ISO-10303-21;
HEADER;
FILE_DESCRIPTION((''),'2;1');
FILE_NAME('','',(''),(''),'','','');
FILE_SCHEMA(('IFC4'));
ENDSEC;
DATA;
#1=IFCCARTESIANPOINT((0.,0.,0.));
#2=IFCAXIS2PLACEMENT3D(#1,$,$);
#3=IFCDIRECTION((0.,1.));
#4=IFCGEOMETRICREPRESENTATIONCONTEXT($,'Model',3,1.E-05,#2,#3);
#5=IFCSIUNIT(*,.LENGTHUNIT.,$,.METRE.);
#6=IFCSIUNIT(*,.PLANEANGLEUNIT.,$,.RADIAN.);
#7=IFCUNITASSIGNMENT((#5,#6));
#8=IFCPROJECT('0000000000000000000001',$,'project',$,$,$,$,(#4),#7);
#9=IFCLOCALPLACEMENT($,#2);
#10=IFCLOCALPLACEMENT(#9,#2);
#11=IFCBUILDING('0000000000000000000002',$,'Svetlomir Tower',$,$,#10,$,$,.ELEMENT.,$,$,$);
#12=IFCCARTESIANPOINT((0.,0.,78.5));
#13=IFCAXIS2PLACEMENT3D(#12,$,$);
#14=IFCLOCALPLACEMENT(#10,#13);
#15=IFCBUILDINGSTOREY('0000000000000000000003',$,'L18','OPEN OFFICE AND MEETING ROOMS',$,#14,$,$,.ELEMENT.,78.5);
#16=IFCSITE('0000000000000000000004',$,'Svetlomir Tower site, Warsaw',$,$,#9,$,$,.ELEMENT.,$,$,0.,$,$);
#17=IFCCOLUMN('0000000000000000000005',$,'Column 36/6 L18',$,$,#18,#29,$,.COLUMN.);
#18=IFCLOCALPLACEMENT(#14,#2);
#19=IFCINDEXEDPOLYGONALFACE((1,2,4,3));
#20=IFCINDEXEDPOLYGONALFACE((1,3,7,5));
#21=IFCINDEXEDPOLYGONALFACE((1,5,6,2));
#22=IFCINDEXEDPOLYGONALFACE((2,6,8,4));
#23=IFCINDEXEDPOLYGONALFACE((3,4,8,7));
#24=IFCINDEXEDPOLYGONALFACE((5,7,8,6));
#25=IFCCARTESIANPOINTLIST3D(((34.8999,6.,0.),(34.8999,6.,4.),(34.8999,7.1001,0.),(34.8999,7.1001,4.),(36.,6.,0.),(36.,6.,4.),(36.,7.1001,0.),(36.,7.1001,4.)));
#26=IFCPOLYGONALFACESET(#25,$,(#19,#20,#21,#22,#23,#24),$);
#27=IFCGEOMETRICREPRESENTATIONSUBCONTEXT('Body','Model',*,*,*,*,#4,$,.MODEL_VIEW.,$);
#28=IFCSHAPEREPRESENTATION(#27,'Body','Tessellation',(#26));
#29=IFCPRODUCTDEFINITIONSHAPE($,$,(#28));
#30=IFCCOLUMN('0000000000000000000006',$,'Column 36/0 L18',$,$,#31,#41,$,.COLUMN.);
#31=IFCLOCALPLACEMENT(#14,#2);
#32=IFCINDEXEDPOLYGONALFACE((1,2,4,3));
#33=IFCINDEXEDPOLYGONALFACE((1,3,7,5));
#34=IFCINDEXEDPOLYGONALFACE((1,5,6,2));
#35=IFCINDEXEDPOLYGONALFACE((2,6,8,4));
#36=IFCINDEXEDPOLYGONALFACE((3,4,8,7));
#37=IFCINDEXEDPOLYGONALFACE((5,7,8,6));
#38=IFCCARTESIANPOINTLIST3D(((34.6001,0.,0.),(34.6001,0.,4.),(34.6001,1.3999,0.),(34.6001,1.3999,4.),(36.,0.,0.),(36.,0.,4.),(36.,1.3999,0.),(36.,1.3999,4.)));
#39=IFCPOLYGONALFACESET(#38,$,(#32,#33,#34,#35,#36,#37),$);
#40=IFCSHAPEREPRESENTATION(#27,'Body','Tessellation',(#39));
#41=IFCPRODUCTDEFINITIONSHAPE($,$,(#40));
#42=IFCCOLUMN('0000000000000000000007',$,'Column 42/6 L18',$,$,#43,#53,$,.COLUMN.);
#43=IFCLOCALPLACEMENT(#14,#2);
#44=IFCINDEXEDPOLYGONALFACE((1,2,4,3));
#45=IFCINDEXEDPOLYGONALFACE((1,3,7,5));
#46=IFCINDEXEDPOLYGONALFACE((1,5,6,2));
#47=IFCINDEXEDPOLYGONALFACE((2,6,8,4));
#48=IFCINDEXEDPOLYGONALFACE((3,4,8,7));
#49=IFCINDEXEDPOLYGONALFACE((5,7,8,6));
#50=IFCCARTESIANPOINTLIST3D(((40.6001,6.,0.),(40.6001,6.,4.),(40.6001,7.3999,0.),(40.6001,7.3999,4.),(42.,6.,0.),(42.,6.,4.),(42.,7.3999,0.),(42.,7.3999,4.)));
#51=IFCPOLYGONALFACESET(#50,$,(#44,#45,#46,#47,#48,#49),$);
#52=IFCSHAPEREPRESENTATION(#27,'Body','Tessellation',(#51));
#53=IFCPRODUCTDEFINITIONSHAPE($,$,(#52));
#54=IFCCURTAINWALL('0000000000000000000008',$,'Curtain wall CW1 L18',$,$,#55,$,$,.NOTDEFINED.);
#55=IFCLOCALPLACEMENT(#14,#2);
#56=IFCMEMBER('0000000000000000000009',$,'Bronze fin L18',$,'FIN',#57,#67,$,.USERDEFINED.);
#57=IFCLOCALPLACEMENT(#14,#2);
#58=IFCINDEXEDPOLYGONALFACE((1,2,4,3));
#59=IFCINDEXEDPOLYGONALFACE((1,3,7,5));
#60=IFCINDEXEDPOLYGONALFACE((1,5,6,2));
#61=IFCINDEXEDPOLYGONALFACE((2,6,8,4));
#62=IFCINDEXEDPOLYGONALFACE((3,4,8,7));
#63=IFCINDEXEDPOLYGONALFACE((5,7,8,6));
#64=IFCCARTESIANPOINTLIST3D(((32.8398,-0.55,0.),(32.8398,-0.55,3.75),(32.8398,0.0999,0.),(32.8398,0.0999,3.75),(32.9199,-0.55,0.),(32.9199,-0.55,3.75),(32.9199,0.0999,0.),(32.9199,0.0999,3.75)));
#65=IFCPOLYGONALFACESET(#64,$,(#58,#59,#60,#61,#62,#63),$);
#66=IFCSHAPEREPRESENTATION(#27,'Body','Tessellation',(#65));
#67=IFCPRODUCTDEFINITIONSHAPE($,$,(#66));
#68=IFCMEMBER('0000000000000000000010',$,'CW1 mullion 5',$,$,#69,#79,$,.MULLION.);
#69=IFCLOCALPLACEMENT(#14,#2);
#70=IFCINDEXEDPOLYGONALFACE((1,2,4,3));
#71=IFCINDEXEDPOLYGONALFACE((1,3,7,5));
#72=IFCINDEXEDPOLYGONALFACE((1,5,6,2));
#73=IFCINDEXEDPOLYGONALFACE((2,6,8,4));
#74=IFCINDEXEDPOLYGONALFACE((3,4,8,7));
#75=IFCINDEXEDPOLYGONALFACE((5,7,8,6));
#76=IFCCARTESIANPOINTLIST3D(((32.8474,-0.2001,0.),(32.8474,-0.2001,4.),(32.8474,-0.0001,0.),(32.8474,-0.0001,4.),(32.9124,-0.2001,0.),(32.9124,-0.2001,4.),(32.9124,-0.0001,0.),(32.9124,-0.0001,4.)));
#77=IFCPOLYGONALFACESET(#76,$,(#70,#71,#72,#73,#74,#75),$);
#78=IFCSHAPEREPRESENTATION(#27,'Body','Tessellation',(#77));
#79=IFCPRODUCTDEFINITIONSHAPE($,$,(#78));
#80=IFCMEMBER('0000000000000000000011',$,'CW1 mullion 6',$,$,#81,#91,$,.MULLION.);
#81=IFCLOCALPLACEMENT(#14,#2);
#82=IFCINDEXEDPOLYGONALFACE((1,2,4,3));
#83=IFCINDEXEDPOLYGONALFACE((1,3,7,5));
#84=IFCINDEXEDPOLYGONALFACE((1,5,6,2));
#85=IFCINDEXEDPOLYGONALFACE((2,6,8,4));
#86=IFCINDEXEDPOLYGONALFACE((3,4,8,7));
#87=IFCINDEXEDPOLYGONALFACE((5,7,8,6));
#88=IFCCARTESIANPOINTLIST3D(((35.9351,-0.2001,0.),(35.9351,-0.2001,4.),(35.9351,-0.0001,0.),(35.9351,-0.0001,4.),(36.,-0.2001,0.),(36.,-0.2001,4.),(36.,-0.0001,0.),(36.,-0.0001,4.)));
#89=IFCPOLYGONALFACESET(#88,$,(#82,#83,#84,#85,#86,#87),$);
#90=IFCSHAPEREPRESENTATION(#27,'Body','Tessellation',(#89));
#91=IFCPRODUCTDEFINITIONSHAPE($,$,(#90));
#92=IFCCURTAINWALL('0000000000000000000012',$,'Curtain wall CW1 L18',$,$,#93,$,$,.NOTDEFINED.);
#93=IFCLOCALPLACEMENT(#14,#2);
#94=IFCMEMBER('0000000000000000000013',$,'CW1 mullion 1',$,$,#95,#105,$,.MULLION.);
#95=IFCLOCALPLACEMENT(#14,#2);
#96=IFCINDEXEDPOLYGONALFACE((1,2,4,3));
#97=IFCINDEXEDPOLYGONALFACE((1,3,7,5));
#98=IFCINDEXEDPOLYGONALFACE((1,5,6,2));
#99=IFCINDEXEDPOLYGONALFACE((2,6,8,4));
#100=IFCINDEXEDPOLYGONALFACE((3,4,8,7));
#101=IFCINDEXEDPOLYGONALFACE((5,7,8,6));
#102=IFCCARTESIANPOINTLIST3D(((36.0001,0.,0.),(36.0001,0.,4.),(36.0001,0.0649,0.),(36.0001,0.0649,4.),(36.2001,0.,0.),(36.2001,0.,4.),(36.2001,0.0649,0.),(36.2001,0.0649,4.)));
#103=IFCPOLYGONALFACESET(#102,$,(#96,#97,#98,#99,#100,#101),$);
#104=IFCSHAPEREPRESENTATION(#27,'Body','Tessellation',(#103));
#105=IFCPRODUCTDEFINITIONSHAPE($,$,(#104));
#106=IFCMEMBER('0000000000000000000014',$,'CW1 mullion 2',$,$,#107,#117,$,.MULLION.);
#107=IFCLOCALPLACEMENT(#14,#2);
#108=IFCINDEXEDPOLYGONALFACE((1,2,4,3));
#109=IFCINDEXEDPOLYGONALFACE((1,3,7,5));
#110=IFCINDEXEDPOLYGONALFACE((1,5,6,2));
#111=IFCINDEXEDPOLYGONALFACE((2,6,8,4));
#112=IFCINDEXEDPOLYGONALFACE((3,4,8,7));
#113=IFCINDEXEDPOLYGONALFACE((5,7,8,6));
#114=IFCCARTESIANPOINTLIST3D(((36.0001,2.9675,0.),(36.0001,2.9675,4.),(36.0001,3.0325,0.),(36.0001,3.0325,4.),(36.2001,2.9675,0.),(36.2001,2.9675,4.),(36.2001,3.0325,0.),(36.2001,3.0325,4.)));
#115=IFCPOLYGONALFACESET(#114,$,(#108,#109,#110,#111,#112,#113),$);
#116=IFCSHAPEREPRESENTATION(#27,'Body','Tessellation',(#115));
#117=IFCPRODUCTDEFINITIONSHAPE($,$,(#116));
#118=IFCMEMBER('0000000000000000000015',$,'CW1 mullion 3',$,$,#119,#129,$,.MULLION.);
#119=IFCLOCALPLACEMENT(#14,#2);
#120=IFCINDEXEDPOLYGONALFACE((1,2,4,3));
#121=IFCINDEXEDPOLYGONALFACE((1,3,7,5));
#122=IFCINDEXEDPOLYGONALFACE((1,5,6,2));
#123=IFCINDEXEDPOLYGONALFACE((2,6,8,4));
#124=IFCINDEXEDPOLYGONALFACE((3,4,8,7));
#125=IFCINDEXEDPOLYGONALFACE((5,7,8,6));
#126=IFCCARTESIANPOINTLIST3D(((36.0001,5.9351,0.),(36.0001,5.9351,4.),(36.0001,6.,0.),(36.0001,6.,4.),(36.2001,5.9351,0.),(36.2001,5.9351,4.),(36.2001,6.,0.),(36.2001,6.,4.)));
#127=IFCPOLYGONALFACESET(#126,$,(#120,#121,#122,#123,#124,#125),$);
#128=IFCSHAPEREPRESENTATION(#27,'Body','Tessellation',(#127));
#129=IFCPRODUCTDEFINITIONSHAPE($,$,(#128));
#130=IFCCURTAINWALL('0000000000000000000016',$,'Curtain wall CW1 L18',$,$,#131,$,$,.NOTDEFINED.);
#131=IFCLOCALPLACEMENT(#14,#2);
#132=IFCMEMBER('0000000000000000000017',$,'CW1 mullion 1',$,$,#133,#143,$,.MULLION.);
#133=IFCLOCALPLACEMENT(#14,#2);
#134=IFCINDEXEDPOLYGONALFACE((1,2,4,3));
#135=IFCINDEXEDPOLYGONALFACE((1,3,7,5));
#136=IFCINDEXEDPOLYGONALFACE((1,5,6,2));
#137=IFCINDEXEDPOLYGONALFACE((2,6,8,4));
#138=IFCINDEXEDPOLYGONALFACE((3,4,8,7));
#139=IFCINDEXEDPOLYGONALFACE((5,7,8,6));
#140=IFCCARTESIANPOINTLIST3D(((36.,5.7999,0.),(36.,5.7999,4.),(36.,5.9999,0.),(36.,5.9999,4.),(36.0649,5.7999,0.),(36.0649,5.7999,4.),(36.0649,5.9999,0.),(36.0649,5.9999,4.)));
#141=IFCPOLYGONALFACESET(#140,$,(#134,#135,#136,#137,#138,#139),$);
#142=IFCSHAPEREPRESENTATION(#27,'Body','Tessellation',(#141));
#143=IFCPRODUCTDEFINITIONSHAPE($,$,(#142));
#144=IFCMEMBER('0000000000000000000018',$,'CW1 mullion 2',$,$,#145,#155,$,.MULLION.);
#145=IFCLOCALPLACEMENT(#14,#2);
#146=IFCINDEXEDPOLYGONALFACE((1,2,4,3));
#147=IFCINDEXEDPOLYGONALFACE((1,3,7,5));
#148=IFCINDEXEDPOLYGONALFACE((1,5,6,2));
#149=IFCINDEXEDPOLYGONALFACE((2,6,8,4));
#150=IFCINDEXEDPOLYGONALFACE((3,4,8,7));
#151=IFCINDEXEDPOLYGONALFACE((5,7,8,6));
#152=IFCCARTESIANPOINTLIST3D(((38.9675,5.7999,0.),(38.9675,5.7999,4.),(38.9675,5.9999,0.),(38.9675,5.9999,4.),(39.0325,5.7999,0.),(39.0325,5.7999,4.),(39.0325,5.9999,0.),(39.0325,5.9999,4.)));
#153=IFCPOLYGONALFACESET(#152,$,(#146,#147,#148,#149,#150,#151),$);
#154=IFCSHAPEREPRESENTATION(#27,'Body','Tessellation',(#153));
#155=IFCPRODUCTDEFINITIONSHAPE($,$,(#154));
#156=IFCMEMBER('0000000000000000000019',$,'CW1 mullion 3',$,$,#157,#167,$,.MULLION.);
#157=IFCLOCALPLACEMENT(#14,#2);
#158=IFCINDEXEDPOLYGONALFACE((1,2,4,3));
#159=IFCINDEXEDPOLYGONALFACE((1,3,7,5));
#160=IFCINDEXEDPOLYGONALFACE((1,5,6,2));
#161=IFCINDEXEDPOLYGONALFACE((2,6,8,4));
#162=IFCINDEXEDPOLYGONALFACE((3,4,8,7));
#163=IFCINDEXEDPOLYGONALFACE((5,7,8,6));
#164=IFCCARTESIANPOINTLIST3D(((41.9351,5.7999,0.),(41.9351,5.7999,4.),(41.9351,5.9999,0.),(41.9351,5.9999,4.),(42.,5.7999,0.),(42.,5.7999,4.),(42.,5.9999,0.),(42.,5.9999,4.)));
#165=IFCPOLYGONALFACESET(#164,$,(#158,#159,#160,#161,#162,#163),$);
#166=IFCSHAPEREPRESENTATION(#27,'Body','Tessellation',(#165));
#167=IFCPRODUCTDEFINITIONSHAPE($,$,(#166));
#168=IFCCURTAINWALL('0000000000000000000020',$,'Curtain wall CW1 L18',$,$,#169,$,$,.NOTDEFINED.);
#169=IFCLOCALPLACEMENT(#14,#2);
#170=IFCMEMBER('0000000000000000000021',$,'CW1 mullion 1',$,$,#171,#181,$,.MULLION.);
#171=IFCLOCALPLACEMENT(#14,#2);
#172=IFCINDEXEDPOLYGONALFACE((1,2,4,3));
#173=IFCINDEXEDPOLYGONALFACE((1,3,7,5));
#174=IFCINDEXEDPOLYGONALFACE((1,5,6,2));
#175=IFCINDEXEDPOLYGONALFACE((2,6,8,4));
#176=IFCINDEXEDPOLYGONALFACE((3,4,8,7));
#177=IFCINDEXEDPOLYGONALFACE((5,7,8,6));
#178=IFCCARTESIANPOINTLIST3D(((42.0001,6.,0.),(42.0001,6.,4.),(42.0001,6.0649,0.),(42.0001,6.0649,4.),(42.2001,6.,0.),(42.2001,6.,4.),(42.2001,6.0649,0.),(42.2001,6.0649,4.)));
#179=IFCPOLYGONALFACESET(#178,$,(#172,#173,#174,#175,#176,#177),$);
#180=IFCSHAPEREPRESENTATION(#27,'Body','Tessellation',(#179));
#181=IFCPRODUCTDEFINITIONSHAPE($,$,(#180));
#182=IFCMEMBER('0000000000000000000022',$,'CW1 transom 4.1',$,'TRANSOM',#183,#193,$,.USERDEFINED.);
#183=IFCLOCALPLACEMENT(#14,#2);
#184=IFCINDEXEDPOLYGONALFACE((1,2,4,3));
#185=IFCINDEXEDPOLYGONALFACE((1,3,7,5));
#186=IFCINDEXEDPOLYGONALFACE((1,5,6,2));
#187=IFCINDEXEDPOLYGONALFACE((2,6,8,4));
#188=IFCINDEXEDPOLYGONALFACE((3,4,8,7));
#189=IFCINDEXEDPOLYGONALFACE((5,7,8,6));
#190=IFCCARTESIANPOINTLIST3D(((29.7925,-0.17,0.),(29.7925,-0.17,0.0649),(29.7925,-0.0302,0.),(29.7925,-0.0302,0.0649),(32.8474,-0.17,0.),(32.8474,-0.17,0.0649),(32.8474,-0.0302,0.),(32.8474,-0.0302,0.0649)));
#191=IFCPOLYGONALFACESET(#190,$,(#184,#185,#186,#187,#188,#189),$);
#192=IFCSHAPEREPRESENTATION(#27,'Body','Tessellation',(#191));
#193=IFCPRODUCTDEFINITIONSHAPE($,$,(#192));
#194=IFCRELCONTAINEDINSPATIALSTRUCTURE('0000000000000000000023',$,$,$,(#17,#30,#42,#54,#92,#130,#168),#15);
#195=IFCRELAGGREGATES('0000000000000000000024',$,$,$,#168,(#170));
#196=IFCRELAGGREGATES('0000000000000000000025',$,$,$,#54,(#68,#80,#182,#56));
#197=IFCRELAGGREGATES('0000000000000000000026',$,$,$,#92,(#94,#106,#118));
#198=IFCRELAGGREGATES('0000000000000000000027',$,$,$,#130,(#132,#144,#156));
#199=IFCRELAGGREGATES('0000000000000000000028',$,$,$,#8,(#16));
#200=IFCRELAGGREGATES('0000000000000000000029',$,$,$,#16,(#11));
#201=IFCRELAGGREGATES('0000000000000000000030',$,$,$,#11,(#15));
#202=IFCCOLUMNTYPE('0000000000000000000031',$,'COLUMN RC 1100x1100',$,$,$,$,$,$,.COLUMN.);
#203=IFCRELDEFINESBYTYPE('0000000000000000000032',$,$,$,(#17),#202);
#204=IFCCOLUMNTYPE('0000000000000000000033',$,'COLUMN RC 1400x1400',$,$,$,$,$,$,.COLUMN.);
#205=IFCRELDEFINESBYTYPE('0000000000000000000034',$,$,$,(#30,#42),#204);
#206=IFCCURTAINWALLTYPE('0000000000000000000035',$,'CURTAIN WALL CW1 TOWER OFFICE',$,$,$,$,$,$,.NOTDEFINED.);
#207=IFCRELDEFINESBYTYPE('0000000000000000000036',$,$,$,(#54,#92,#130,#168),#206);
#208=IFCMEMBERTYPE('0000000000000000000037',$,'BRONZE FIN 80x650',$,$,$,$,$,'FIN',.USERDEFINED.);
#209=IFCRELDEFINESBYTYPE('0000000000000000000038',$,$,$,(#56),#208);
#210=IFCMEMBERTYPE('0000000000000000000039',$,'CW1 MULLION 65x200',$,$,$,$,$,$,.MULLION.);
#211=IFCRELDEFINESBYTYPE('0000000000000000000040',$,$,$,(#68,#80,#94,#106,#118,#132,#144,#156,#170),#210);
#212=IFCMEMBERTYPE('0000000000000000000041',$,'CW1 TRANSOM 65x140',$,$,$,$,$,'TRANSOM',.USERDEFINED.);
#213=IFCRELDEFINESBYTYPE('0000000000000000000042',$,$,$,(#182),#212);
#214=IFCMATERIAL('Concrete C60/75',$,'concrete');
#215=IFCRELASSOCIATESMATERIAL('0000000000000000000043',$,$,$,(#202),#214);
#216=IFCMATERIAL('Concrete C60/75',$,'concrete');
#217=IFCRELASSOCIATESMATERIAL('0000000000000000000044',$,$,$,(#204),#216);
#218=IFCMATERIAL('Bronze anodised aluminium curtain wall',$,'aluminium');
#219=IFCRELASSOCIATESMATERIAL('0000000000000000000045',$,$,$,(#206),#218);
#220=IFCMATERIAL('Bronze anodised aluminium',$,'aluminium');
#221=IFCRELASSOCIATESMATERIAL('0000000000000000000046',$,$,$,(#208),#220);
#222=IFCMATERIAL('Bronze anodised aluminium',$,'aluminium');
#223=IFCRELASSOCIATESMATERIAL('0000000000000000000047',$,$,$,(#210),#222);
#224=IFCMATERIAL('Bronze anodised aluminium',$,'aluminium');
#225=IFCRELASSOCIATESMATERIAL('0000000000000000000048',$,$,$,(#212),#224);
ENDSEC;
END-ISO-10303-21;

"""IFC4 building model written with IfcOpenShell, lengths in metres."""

from ifc_helpers import new_model, si_unit, direction, frame, origin, origin_2d, place, context, subcontext, project, spatial, rectangle, extrude, material, material_profile, profile_set, type_object, element, aggregate, save


model = new_model("IFC4")

# Units and contexts
model_context = context("Model", 3, precision=1e-05, world=origin(), true_north=direction((0.0, 1.0)))
body_context = subcontext(model_context, "Body", "Model", "MODEL_VIEW")
ifc_project = project(units=[si_unit("LENGTHUNIT", "METRE"), si_unit("PLANEANGLEUNIT", "RADIAN")], contexts=[model_context])

# Site, building, storey
site_placement = place(None, origin())
site = spatial("IfcSite", under=ifc_project, at=site_placement, Name="Svetlomir Tower site, Warsaw", CompositionType="ELEMENT", RefElevation=0.0)
building_placement = place(site_placement, origin())
building = spatial("IfcBuilding", under=site, at=building_placement, Name="Svetlomir Tower", CompositionType="ELEMENT")
storey_placement = place(building_placement, frame((0.0, 0.0, 78.5)))
storey = spatial("IfcBuildingStorey", under=building, at=storey_placement, Name="L18", Description="OPEN OFFICE AND MEETING ROOMS", CompositionType="ELEMENT", Elevation=78.5)

# Columns
ifc_material_1 = material(Name="Concrete C60/75", Category="concrete")
ifc_material_profile_1 = material_profile(ifc_material_1, rectangle(XDim=1.1001, YDim=1.1001, at=origin_2d()), Name="RC 1100x1100")
ifc_profile_set_1 = profile_set([ifc_material_profile_1], Name="Concrete C60/75")
column_type_1 = type_object("IfcColumnType", Name="COLUMN RC 1100x1100", PredefinedType="COLUMN", material=ifc_profile_set_1)
column_placement = place(storey_placement, frame((35.45, 6.55, 0.0), z_axis=(0.0, 0.0, 1.0), x_axis=(1.0, 0.0, 0.0)))
element("IfcColumn", 1, at=column_placement, inside=storey, type_object=column_type_1, Name="Column 36/6 L18", PredefinedType="COLUMN", context=body_context, shape_type="SweptSolid", body=[
    extrude(rectangle(XDim=1.1001, YDim=1.1001, at=origin_2d()), origin(), (0.0, 0.0, 1.0), 4.0),
])
ifc_material_2 = material(Name="Concrete C60/75", Category="concrete")
ifc_material_profile_2 = material_profile(ifc_material_2, rectangle(XDim=1.3999, YDim=1.3999, at=origin_2d()), Name="RC 1400x1400")
ifc_profile_set_2 = profile_set([ifc_material_profile_2], Name="Concrete C60/75")
column_type_2 = type_object("IfcColumnType", Name="COLUMN RC 1400x1400", PredefinedType="COLUMN", material=ifc_profile_set_2)
for number, where, z_axis, x_axis, name in (
    (2, (35.3, 0.7, 0.0), (0.0, 0.0, 1.0), (1.0, 0.0, 0.0), "Column 36/0 L18"),
    (3, (41.3, 6.7, 0.0), (0.0, 0.0, 1.0), (1.0, 0.0, 0.0), "Column 42/6 L18"),
):
    element("IfcColumn", number, at=place(storey_placement, frame(where, z_axis=z_axis, x_axis=x_axis)), inside=storey, type_object=column_type_2, Name=name, PredefinedType="COLUMN", context=body_context, shape_type="SweptSolid", body=[
        extrude(rectangle(XDim=1.3999, YDim=1.3999, at=origin_2d()), origin(), (0.0, 0.0, 1.0), 4.0),
    ])

# Curtain walls, members
ifc_material_3 = material(Name="Bronze anodised aluminium curtain wall", Category="aluminium")
curtain_wall_type = type_object("IfcCurtainWallType", Name="CURTAIN WALL CW1 TOWER OFFICE", PredefinedType="NOTDEFINED", material=ifc_material_3)
curtain_wall_1_placement = place(storey_placement, origin())
curtain_wall_1 = element("IfcCurtainWall", 4, at=curtain_wall_1_placement, inside=storey, type_object=curtain_wall_type, Name="Curtain wall CW1 L18", PredefinedType="NOTDEFINED")
ifc_material_4 = material(Name="Bronze anodised aluminium", Category="aluminium")
ifc_material_profile_3 = material_profile(ifc_material_4, rectangle(XDim=0.0801, YDim=0.6499, at=origin_2d()), Name="FIN 80x650")
ifc_profile_set_3 = profile_set([ifc_material_profile_3], Name="Bronze anodised aluminium 6063-T6")
member_type_1 = type_object("IfcMemberType", Name="BRONZE FIN 80x650", ElementType="FIN", PredefinedType="USERDEFINED", material=ifc_profile_set_3)
member_1_placement = place(storey_placement, frame((32.8799, -0.2251, 0.0), z_axis=(0.0, 0.0, 1.0), x_axis=(1.0, 0.0, 0.0)))
member_1 = element("IfcMember", 5, at=member_1_placement, type_object=member_type_1, Name="Bronze fin L18", ObjectType="FIN", PredefinedType="USERDEFINED", context=body_context, shape_type="SweptSolid", body=[
    extrude(rectangle(XDim=0.0801, YDim=0.6499, at=origin_2d()), origin(), (0.0, 0.0, 1.0), 3.75),
])
ifc_material_5 = material(Name="Bronze anodised aluminium", Category="aluminium")
ifc_material_profile_4 = material_profile(ifc_material_5, rectangle(XDim=0.0649, YDim=0.2, at=origin_2d()), Name="AL 65x200")
ifc_profile_set_4 = profile_set([ifc_material_profile_4], Name="Bronze anodised aluminium 6063-T6")
member_type_2 = type_object("IfcMemberType", Name="CW1 MULLION 65x200", PredefinedType="MULLION", material=ifc_profile_set_4)
member_2_placement = place(storey_placement, frame((32.8799, -0.1001, 0.0), z_axis=(0.0, 0.0, 1.0), x_axis=(1.0, 0.0, 0.0)))
member_2 = element("IfcMember", 6, at=member_2_placement, type_object=member_type_2, Name="CW1 mullion 5", PredefinedType="MULLION", context=body_context, shape_type="SweptSolid", body=[
    extrude(rectangle(XDim=0.0649, YDim=0.2, at=origin_2d()), origin(), (0.0, 0.0, 1.0), 4.0),
])
member_3_placement = place(storey_placement, frame((35.9675, -0.1001, 0.0), z_axis=(0.0, 0.0, 1.0), x_axis=(1.0, 0.0, 0.0)))
member_3 = element("IfcMember", 7, at=member_3_placement, type_object=member_type_2, Name="CW1 mullion 6", PredefinedType="MULLION", context=body_context, shape_type="SweptSolid", body=[
    extrude(rectangle(XDim=0.0649, YDim=0.2, at=origin_2d()), origin(), (0.0, 0.0, 1.0), 4.0),
])
curtain_wall_2_placement = place(storey_placement, origin())
curtain_wall_2 = element("IfcCurtainWall", 8, at=curtain_wall_2_placement, inside=storey, type_object=curtain_wall_type, Name="Curtain wall CW1 L18", PredefinedType="NOTDEFINED")
member_4_placement = place(storey_placement, frame((36.1001, 0.0325, 0.0), z_axis=(0.0, 0.0, 1.0), x_axis=(0.0, 1.0, 0.0)))
member_4 = element("IfcMember", 9, at=member_4_placement, type_object=member_type_2, Name="CW1 mullion 1", PredefinedType="MULLION", context=body_context, shape_type="SweptSolid", body=[
    extrude(rectangle(XDim=0.0649, YDim=0.2, at=origin_2d()), origin(), (0.0, 0.0, 1.0), 4.0),
])
member_5_placement = place(storey_placement, frame((36.1001, 3.0, 0.0), z_axis=(0.0, 0.0, 1.0), x_axis=(0.0, 1.0, 0.0)))
member_5 = element("IfcMember", 10, at=member_5_placement, type_object=member_type_2, Name="CW1 mullion 2", PredefinedType="MULLION", context=body_context, shape_type="SweptSolid", body=[
    extrude(rectangle(XDim=0.0649, YDim=0.2, at=origin_2d()), origin(), (0.0, 0.0, 1.0), 4.0),
])
member_6_placement = place(storey_placement, frame((36.1001, 5.9675, 0.0), z_axis=(0.0, 0.0, 1.0), x_axis=(0.0, 1.0, 0.0)))
member_6 = element("IfcMember", 11, at=member_6_placement, type_object=member_type_2, Name="CW1 mullion 3", PredefinedType="MULLION", context=body_context, shape_type="SweptSolid", body=[
    extrude(rectangle(XDim=0.0649, YDim=0.2, at=origin_2d()), origin(), (0.0, 0.0, 1.0), 4.0),
])
curtain_wall_3_placement = place(storey_placement, origin())
curtain_wall_3 = element("IfcCurtainWall", 12, at=curtain_wall_3_placement, inside=storey, type_object=curtain_wall_type, Name="Curtain wall CW1 L18", PredefinedType="NOTDEFINED")
member_7_placement = place(storey_placement, frame((36.0325, 5.8999, 0.0), z_axis=(0.0, 0.0, 1.0), x_axis=(1.0, 0.0, 0.0)))
member_7 = element("IfcMember", 13, at=member_7_placement, type_object=member_type_2, Name="CW1 mullion 1", PredefinedType="MULLION", context=body_context, shape_type="SweptSolid", body=[
    extrude(rectangle(XDim=0.0649, YDim=0.2, at=origin_2d()), origin(), (0.0, 0.0, 1.0), 4.0),
])
member_8_placement = place(storey_placement, frame((39.0, 5.8999, 0.0), z_axis=(0.0, 0.0, 1.0), x_axis=(1.0, 0.0, 0.0)))
member_8 = element("IfcMember", 14, at=member_8_placement, type_object=member_type_2, Name="CW1 mullion 2", PredefinedType="MULLION", context=body_context, shape_type="SweptSolid", body=[
    extrude(rectangle(XDim=0.0649, YDim=0.2, at=origin_2d()), origin(), (0.0, 0.0, 1.0), 4.0),
])
member_9_placement = place(storey_placement, frame((41.9675, 5.8999, 0.0), z_axis=(0.0, 0.0, 1.0), x_axis=(1.0, 0.0, 0.0)))
member_9 = element("IfcMember", 15, at=member_9_placement, type_object=member_type_2, Name="CW1 mullion 3", PredefinedType="MULLION", context=body_context, shape_type="SweptSolid", body=[
    extrude(rectangle(XDim=0.0649, YDim=0.2, at=origin_2d()), origin(), (0.0, 0.0, 1.0), 4.0),
])

# Curtain wall, member
curtain_wall_4_placement = place(storey_placement, origin())
curtain_wall_4 = element("IfcCurtainWall", 16, at=curtain_wall_4_placement, inside=storey, type_object=curtain_wall_type, Name="Curtain wall CW1 L18", PredefinedType="NOTDEFINED")
member_10_placement = place(storey_placement, frame((42.1001, 6.0325, 0.0), z_axis=(0.0, 0.0, 1.0), x_axis=(0.0, 1.0, 0.0)))
member_10 = element("IfcMember", 17, at=member_10_placement, type_object=member_type_2, Name="CW1 mullion 1", PredefinedType="MULLION", context=body_context, shape_type="SweptSolid", body=[
    extrude(rectangle(XDim=0.0649, YDim=0.2, at=origin_2d()), origin(), (0.0, 0.0, 1.0), 4.0),
])

# Member
ifc_material_6 = material(Name="Bronze anodised aluminium", Category="aluminium")
ifc_material_profile_5 = material_profile(ifc_material_6, rectangle(XDim=0.1399, YDim=0.0649, at=origin_2d()), Name="AL 140x65")
ifc_profile_set_5 = profile_set([ifc_material_profile_5], Name="Bronze anodised aluminium 6063-T6")
member_type_3 = type_object("IfcMemberType", Name="CW1 TRANSOM 65x140", ElementType="TRANSOM", PredefinedType="USERDEFINED", material=ifc_profile_set_5)
member_11_placement = place(storey_placement, frame((29.7925, -0.1001, 0.0325), z_axis=(1.0, 0.0, 0.0), x_axis=(0.0, 1.0, 0.0)))
member_11 = element("IfcMember", 18, at=member_11_placement, type_object=member_type_3, Name="CW1 transom 4.1", ObjectType="TRANSOM", PredefinedType="USERDEFINED", context=body_context, shape_type="SweptSolid", body=[
    extrude(rectangle(XDim=0.1399, YDim=0.0649, at=origin_2d()), origin(), (0.0, 0.0, 1.0), 3.0549),
])
aggregate(curtain_wall_4, [member_10])

aggregate(curtain_wall_1, [member_2, member_3, member_11, member_1])
aggregate(curtain_wall_2, [member_4, member_5, member_6])
aggregate(curtain_wall_3, [member_7, member_8, member_9])

save(model, "model.ifc")
